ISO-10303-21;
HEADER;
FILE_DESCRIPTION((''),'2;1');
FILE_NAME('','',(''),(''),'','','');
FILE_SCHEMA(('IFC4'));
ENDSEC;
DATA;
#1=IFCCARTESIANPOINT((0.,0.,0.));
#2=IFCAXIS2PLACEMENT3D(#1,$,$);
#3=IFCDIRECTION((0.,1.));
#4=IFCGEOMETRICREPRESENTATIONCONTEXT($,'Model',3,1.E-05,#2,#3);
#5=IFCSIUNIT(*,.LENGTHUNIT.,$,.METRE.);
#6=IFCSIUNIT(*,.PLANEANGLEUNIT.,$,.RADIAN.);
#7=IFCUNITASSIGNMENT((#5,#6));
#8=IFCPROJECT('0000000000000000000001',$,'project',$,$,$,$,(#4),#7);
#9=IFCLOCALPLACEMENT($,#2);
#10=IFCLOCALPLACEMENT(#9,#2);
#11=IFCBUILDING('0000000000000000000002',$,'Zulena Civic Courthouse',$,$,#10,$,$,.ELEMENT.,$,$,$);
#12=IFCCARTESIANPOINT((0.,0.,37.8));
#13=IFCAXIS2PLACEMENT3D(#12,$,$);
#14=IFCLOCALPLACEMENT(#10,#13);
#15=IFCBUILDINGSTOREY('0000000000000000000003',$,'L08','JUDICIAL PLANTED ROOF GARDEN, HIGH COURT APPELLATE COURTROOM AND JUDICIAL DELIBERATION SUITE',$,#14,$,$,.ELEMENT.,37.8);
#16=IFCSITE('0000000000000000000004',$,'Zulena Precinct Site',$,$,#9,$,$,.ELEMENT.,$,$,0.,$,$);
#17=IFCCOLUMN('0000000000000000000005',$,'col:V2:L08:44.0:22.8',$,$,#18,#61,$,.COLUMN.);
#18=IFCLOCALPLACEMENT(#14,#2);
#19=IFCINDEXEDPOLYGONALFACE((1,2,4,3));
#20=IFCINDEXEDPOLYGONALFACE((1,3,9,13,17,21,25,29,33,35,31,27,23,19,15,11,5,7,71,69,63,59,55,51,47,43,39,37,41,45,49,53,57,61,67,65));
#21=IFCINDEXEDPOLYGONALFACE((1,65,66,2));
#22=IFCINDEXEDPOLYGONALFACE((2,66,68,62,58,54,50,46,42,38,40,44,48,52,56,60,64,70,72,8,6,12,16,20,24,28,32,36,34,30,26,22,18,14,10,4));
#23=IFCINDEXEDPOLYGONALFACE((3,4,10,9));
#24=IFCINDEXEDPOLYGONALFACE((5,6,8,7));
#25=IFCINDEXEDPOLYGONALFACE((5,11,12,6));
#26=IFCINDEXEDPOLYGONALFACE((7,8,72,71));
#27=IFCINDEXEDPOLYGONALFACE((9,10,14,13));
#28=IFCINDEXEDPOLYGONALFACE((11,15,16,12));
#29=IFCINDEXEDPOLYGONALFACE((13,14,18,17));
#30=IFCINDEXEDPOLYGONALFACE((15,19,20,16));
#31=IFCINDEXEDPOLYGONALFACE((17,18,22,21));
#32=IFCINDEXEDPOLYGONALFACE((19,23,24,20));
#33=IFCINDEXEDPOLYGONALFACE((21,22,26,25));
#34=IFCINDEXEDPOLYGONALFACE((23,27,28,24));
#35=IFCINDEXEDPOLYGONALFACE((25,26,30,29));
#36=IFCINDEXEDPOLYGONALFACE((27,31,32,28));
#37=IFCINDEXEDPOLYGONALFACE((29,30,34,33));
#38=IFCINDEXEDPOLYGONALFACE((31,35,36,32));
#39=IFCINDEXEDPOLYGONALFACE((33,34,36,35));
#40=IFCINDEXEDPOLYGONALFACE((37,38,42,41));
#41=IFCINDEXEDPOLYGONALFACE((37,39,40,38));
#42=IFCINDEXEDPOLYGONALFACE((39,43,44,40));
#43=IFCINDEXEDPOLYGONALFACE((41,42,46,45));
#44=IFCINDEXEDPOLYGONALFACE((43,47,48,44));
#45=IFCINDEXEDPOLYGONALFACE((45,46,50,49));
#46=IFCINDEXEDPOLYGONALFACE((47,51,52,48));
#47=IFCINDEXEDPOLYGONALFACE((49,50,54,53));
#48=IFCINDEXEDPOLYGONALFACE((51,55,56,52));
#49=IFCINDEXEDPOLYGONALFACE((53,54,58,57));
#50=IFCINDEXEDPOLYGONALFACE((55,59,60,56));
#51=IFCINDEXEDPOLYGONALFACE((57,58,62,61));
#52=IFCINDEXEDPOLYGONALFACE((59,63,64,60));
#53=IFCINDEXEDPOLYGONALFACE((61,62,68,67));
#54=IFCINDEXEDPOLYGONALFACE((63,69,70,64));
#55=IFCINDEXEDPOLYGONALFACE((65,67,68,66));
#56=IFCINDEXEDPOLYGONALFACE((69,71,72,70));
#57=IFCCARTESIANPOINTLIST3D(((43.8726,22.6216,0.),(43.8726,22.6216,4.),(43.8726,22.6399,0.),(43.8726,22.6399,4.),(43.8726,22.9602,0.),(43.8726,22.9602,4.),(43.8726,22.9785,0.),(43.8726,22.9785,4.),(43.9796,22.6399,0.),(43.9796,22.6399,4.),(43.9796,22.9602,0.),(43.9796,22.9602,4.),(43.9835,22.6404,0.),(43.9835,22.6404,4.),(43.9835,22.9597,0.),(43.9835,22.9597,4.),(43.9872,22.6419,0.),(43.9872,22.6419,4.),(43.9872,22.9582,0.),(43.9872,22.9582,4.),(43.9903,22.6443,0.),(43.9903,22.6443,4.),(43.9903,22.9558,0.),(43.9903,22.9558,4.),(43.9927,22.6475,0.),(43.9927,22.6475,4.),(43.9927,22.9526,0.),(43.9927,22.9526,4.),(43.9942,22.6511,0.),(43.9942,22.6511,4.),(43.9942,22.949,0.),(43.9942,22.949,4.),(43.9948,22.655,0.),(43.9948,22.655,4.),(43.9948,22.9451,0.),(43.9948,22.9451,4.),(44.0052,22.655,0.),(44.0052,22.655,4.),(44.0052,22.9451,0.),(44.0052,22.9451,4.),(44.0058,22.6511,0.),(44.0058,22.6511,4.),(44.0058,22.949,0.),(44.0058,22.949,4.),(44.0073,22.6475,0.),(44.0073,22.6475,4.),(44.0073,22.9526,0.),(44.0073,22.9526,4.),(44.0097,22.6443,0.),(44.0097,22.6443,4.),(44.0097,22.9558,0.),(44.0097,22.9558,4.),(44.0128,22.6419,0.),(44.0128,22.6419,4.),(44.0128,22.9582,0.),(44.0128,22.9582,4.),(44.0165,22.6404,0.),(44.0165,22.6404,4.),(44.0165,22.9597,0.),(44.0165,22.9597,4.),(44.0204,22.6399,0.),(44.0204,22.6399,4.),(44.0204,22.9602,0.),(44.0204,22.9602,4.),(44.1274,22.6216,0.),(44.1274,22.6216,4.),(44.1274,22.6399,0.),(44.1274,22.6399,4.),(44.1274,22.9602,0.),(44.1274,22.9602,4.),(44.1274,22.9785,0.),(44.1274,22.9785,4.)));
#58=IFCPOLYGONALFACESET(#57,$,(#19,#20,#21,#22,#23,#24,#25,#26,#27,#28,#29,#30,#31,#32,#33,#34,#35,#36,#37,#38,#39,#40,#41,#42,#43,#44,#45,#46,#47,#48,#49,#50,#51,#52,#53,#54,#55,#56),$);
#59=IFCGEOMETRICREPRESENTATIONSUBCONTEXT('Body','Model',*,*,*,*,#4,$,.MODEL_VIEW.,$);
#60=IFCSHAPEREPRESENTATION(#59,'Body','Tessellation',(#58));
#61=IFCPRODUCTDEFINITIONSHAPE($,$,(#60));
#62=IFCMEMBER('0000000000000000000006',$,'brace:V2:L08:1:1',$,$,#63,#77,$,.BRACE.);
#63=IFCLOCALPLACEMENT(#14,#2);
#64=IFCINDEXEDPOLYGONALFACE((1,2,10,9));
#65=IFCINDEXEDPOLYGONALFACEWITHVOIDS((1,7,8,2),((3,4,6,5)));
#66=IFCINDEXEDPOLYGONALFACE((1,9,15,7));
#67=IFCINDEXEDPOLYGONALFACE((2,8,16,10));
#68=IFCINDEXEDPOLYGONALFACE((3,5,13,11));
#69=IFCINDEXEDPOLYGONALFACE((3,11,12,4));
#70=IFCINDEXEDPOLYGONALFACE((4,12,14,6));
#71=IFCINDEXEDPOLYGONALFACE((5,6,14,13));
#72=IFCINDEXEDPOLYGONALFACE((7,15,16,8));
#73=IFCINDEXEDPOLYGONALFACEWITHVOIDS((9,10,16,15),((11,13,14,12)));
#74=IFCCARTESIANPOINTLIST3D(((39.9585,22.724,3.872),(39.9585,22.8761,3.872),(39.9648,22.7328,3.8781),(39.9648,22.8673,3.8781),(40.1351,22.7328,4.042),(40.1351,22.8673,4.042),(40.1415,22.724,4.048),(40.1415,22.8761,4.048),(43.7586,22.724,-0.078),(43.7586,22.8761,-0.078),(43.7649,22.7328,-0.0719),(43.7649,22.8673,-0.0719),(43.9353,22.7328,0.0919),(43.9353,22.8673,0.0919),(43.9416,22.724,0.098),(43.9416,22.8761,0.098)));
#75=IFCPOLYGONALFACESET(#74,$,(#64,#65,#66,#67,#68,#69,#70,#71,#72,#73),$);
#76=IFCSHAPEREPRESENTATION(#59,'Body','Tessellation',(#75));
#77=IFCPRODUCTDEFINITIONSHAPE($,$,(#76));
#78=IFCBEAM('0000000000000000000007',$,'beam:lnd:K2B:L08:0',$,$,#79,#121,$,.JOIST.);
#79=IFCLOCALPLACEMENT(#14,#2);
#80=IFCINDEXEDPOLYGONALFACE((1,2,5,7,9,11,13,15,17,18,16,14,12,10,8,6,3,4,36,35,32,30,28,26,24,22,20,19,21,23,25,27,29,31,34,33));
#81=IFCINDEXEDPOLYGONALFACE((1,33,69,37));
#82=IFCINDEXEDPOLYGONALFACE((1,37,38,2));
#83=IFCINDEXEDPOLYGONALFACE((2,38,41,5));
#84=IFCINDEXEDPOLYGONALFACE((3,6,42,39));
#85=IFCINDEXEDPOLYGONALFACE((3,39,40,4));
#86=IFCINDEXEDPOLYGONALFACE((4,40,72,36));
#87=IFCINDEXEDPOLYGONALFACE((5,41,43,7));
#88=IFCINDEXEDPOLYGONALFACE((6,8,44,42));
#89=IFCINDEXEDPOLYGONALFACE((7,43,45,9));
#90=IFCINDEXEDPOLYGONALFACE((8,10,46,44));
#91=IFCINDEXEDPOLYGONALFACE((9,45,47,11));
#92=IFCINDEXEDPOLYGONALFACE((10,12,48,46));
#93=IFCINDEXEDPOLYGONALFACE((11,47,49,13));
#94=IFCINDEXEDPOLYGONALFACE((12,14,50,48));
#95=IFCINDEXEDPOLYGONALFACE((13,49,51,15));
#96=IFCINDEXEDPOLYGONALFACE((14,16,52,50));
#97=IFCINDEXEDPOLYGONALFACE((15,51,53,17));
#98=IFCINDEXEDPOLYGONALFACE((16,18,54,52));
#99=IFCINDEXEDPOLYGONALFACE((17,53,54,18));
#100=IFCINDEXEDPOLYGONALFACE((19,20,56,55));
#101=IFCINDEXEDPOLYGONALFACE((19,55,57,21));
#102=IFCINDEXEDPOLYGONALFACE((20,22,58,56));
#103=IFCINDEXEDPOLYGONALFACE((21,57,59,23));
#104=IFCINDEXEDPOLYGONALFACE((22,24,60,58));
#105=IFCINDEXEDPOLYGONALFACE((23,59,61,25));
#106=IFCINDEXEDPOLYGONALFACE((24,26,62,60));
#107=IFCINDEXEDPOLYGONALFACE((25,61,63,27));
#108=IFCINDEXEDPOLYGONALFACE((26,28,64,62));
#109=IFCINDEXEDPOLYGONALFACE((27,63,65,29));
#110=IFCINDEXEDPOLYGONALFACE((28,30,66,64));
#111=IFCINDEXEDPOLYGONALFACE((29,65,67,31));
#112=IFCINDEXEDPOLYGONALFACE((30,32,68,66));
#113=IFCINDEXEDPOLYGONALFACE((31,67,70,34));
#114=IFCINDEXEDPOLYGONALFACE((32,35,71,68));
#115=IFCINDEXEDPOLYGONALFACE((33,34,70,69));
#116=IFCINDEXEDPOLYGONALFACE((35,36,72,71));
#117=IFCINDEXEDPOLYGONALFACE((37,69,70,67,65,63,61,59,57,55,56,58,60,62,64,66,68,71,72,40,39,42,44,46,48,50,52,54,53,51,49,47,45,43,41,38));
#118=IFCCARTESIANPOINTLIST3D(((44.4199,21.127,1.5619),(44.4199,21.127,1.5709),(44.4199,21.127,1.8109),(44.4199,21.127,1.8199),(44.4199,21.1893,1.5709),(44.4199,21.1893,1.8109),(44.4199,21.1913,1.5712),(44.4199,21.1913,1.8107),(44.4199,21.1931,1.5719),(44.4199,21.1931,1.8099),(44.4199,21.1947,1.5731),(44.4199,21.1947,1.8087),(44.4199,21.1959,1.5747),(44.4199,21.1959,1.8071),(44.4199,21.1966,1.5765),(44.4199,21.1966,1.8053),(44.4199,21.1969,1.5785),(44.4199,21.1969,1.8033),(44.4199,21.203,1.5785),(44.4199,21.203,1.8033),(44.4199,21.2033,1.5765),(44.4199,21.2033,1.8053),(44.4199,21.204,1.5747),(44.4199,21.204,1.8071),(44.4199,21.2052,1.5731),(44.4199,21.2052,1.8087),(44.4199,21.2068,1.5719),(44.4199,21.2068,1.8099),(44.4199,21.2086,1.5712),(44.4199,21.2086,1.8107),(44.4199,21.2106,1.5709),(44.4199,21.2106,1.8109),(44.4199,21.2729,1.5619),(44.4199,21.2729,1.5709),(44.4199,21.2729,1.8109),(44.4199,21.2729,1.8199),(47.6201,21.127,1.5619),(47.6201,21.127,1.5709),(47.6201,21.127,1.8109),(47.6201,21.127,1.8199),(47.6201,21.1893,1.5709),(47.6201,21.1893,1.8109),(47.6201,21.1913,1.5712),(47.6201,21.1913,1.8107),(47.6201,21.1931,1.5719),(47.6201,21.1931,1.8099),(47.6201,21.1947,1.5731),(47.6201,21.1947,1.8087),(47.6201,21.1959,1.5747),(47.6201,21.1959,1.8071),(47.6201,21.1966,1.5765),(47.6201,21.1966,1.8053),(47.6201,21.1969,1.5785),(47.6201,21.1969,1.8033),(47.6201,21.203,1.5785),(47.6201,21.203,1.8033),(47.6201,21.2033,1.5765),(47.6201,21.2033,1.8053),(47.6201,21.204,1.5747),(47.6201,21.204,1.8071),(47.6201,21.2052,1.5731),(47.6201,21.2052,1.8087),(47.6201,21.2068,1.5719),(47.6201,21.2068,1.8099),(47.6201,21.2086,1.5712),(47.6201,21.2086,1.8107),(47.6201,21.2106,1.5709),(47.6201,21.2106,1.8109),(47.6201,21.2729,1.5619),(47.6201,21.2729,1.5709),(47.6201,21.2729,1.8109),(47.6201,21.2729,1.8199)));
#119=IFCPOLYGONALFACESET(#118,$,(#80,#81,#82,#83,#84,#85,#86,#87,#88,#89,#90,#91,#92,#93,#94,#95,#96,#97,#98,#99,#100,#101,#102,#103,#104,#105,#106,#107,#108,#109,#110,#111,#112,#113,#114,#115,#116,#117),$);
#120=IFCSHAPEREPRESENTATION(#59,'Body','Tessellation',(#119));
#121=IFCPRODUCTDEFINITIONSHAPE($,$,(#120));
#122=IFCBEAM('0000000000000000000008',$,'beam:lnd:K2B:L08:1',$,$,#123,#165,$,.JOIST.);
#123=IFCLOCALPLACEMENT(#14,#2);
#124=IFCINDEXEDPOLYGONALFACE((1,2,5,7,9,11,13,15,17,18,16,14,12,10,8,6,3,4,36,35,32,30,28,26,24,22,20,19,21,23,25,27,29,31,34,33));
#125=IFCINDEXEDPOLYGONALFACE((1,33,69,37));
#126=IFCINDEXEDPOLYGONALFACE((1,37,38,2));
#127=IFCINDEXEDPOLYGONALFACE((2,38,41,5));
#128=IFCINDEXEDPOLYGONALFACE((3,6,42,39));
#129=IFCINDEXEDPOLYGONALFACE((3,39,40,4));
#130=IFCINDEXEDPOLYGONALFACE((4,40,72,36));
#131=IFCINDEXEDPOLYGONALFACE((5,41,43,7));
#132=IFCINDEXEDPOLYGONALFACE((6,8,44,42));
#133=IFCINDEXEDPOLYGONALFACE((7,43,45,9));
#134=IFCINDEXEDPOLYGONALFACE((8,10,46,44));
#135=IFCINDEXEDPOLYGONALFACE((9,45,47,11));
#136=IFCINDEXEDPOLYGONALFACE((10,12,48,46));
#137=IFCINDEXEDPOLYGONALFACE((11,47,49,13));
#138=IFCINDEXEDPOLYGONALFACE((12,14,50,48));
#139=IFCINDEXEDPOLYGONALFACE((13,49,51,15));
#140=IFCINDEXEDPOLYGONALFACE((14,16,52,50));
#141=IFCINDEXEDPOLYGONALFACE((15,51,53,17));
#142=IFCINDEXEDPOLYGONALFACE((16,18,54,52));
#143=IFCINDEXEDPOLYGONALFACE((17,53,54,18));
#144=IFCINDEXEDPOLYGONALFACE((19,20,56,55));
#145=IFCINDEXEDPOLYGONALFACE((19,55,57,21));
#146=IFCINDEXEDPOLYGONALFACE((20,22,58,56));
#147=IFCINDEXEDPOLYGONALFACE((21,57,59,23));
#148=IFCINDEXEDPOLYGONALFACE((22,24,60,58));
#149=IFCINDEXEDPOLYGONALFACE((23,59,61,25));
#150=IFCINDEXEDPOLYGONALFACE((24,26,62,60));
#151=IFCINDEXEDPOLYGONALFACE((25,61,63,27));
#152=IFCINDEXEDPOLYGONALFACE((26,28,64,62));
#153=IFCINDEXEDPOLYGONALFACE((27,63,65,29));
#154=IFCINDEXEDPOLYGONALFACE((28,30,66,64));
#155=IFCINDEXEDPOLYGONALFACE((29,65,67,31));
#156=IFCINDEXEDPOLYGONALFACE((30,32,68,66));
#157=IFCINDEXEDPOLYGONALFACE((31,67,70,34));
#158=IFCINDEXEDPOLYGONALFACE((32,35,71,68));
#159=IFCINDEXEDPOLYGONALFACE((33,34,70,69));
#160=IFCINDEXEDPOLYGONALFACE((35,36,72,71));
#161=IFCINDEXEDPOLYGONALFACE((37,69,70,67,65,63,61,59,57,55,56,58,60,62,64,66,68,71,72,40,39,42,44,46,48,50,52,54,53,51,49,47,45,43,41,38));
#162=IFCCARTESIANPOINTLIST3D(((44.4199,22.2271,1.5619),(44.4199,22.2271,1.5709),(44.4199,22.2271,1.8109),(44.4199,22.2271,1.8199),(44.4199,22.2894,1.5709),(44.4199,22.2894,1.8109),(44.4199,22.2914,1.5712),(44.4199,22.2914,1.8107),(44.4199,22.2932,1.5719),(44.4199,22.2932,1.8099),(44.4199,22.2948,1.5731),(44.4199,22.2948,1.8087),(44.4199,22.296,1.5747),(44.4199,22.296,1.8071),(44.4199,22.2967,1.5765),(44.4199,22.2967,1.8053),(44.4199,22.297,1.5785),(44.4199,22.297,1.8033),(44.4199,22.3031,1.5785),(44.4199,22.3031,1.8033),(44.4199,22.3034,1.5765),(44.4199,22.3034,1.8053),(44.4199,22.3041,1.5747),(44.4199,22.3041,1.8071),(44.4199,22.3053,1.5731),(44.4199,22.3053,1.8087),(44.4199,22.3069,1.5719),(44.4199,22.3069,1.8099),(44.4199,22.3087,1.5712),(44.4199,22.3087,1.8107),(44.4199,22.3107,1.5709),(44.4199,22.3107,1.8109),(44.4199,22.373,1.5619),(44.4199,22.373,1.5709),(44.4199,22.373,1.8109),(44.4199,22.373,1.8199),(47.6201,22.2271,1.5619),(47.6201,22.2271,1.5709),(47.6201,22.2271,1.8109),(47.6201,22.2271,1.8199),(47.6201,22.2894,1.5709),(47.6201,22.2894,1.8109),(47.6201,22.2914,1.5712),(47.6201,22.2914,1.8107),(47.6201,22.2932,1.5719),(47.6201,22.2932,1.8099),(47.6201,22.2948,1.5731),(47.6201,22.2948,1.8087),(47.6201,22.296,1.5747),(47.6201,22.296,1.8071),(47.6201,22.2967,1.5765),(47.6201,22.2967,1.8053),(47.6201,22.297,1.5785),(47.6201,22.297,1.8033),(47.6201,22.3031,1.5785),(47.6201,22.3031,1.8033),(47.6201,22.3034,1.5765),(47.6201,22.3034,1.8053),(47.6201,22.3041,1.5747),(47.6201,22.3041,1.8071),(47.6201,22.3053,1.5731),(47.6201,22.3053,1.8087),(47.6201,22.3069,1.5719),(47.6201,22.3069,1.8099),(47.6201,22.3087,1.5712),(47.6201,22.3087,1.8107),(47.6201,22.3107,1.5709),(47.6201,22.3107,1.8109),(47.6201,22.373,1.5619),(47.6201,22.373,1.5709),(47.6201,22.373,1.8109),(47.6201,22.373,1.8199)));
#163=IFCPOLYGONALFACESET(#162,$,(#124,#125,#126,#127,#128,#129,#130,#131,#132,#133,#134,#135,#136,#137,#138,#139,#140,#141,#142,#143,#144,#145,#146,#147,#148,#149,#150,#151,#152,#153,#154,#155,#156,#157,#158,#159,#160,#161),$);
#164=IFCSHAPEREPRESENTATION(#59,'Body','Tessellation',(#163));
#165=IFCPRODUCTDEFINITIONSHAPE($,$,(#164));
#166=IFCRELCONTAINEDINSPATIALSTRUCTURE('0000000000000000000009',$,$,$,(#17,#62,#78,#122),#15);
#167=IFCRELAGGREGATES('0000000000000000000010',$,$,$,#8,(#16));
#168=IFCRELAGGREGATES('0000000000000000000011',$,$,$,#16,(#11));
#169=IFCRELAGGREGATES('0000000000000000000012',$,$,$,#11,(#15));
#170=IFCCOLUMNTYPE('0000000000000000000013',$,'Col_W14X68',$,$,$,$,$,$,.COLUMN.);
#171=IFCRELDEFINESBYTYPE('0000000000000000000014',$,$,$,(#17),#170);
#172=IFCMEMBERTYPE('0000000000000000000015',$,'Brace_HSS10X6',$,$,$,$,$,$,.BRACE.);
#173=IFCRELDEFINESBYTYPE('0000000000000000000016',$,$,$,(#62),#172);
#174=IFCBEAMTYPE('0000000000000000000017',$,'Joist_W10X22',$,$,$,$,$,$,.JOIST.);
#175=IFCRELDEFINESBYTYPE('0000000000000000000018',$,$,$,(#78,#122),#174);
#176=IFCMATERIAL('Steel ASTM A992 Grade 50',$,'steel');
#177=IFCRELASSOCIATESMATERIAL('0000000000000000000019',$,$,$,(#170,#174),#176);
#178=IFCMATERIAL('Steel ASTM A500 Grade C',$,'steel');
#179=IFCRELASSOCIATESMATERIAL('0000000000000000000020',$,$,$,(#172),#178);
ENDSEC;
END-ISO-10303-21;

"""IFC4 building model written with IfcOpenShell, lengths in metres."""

from ifc_helpers import new_model, si_unit, direction, frame, origin, origin_2d, place, context, subcontext, project, spatial, hollow_rectangle, i_section, extrude, material, material_profile, profile_set, type_object, element, save


model = new_model("IFC4")

# Units and contexts
model_context = context("Model", 3, precision=1e-05, world=origin(), true_north=direction((0.0, 1.0)))
body_context = subcontext(model_context, "Body", "Model", "MODEL_VIEW")
ifc_project = project(units=[si_unit("LENGTHUNIT", "METRE"), si_unit("PLANEANGLEUNIT", "RADIAN")], contexts=[model_context])

# Site, building, storey
site_placement = place(None, origin())
site = spatial("IfcSite", under=ifc_project, at=site_placement, Name="Zulena Precinct Site", CompositionType="ELEMENT", RefElevation=0.0)
building_placement = place(site_placement, origin())
building = spatial("IfcBuilding", under=site, at=building_placement, Name="Zulena Civic Courthouse", CompositionType="ELEMENT")
storey_placement = place(building_placement, frame((0.0, 0.0, 37.8)))
storey = spatial("IfcBuildingStorey", under=building, at=storey_placement, Name="L08", Description="JUDICIAL PLANTED ROOF GARDEN, HIGH COURT APPELLATE COURTROOM AND JUDICIAL DELIBERATION SUITE", CompositionType="ELEMENT", Elevation=37.8)

# Column
ifc_material_1 = material(Name="Steel ASTM A992 Grade 50", Category="steel")
ifc_material_profile_1 = material_profile(ifc_material_1, i_section(OverallWidth=0.2549, OverallDepth=0.3569, WebThickness=0.0105, FlangeThickness=0.0183, FilletRadius=0.0151, at=origin_2d()), Name="W14X68")
ifc_profile_set_1 = profile_set([ifc_material_profile_1], Name="Steel ASTM A992 Grade 50")
column_type_1 = type_object("IfcColumnType", Name="Col_W14X68", PredefinedType="COLUMN", material=ifc_profile_set_1)
column_placement = place(storey_placement, frame((44.0, 22.8, 0.0), z_axis=(0.0, 0.0, 1.0), x_axis=(1.0, 0.0, 0.0)))
element("IfcColumn", 1, at=column_placement, inside=storey, type_object=column_type_1, Name="col:V2:L08:44.0:22.8", PredefinedType="COLUMN", context=body_context, shape_type="SweptSolid", body=[
    extrude(i_section(OverallWidth=0.2549, OverallDepth=0.3569, WebThickness=0.0105, FlangeThickness=0.0183, FilletRadius=0.0151, at=origin_2d()), origin(), (0.0, 0.0, 1.0), 4.0),
])

# Member
ifc_material_2 = material(Name="Steel ASTM A500 Grade C", Category="steel")
ifc_material_profile_2 = material_profile(ifc_material_2, hollow_rectangle(XDim=0.1521, YDim=0.2539, WallThickness=0.0088, at=origin_2d()), Name="HSS10X6X3/8")
ifc_profile_set_2 = profile_set([ifc_material_profile_2], Name="Steel ASTM A500 Grade C")
member_type = type_object("IfcMemberType", Name="Brace_HSS10X6", PredefinedType="BRACE", material=ifc_profile_set_2)
member_placement = place(storey_placement, frame((43.8501, 22.8, 0.01), z_axis=(-0.6933, 0.0, 0.720649), x_axis=(0.0, -1.0, 0.0)))
element("IfcMember", 2, at=member_placement, inside=storey, type_object=member_type, Name="brace:V2:L08:1:1", PredefinedType="BRACE", context=body_context, shape_type="SweptSolid", body=[
    extrude(hollow_rectangle(XDim=0.1521, YDim=0.2539, WallThickness=0.0088, at=origin_2d()), origin(), (0.0, 0.0, 1.0), 5.4812),
])

# Beams
ifc_material_profile_3 = material_profile(ifc_material_1, i_section(OverallWidth=0.146, OverallDepth=0.2581, WebThickness=0.0061, FlangeThickness=0.009, FilletRadius=0.0076, at=origin_2d()), Name="W10X22")
ifc_profile_set_3 = profile_set([ifc_material_profile_3], Name="Steel ASTM A992 Grade 50")
beam_type_1 = type_object("IfcBeamType", Name="Joist_W10X22", PredefinedType="JOIST", material=ifc_profile_set_3)
for number, where, z_axis, x_axis, name in (
    (3, (44.4199, 21.2, 1.6909), (1.0, 0.0, 0.0), (0.0, 1.0, 0.0), "beam:lnd:K2B:L08:0"),
    (4, (44.4199, 22.3, 1.6909), (1.0, 0.0, 0.0), (0.0, 1.0, 0.0), "beam:lnd:K2B:L08:1"),
):
    element("IfcBeam", number, at=place(storey_placement, frame(where, z_axis=z_axis, x_axis=x_axis)), inside=storey, type_object=beam_type_1, Name=name, PredefinedType="JOIST", context=body_context, shape_type="SweptSolid", body=[
        extrude(i_section(OverallWidth=0.146, OverallDepth=0.2581, WebThickness=0.0061, FlangeThickness=0.009, FilletRadius=0.0076, at=origin_2d()), origin(), (0.0, 0.0, 1.0), 3.2002),
    ])

save(model, "model.ifc")
